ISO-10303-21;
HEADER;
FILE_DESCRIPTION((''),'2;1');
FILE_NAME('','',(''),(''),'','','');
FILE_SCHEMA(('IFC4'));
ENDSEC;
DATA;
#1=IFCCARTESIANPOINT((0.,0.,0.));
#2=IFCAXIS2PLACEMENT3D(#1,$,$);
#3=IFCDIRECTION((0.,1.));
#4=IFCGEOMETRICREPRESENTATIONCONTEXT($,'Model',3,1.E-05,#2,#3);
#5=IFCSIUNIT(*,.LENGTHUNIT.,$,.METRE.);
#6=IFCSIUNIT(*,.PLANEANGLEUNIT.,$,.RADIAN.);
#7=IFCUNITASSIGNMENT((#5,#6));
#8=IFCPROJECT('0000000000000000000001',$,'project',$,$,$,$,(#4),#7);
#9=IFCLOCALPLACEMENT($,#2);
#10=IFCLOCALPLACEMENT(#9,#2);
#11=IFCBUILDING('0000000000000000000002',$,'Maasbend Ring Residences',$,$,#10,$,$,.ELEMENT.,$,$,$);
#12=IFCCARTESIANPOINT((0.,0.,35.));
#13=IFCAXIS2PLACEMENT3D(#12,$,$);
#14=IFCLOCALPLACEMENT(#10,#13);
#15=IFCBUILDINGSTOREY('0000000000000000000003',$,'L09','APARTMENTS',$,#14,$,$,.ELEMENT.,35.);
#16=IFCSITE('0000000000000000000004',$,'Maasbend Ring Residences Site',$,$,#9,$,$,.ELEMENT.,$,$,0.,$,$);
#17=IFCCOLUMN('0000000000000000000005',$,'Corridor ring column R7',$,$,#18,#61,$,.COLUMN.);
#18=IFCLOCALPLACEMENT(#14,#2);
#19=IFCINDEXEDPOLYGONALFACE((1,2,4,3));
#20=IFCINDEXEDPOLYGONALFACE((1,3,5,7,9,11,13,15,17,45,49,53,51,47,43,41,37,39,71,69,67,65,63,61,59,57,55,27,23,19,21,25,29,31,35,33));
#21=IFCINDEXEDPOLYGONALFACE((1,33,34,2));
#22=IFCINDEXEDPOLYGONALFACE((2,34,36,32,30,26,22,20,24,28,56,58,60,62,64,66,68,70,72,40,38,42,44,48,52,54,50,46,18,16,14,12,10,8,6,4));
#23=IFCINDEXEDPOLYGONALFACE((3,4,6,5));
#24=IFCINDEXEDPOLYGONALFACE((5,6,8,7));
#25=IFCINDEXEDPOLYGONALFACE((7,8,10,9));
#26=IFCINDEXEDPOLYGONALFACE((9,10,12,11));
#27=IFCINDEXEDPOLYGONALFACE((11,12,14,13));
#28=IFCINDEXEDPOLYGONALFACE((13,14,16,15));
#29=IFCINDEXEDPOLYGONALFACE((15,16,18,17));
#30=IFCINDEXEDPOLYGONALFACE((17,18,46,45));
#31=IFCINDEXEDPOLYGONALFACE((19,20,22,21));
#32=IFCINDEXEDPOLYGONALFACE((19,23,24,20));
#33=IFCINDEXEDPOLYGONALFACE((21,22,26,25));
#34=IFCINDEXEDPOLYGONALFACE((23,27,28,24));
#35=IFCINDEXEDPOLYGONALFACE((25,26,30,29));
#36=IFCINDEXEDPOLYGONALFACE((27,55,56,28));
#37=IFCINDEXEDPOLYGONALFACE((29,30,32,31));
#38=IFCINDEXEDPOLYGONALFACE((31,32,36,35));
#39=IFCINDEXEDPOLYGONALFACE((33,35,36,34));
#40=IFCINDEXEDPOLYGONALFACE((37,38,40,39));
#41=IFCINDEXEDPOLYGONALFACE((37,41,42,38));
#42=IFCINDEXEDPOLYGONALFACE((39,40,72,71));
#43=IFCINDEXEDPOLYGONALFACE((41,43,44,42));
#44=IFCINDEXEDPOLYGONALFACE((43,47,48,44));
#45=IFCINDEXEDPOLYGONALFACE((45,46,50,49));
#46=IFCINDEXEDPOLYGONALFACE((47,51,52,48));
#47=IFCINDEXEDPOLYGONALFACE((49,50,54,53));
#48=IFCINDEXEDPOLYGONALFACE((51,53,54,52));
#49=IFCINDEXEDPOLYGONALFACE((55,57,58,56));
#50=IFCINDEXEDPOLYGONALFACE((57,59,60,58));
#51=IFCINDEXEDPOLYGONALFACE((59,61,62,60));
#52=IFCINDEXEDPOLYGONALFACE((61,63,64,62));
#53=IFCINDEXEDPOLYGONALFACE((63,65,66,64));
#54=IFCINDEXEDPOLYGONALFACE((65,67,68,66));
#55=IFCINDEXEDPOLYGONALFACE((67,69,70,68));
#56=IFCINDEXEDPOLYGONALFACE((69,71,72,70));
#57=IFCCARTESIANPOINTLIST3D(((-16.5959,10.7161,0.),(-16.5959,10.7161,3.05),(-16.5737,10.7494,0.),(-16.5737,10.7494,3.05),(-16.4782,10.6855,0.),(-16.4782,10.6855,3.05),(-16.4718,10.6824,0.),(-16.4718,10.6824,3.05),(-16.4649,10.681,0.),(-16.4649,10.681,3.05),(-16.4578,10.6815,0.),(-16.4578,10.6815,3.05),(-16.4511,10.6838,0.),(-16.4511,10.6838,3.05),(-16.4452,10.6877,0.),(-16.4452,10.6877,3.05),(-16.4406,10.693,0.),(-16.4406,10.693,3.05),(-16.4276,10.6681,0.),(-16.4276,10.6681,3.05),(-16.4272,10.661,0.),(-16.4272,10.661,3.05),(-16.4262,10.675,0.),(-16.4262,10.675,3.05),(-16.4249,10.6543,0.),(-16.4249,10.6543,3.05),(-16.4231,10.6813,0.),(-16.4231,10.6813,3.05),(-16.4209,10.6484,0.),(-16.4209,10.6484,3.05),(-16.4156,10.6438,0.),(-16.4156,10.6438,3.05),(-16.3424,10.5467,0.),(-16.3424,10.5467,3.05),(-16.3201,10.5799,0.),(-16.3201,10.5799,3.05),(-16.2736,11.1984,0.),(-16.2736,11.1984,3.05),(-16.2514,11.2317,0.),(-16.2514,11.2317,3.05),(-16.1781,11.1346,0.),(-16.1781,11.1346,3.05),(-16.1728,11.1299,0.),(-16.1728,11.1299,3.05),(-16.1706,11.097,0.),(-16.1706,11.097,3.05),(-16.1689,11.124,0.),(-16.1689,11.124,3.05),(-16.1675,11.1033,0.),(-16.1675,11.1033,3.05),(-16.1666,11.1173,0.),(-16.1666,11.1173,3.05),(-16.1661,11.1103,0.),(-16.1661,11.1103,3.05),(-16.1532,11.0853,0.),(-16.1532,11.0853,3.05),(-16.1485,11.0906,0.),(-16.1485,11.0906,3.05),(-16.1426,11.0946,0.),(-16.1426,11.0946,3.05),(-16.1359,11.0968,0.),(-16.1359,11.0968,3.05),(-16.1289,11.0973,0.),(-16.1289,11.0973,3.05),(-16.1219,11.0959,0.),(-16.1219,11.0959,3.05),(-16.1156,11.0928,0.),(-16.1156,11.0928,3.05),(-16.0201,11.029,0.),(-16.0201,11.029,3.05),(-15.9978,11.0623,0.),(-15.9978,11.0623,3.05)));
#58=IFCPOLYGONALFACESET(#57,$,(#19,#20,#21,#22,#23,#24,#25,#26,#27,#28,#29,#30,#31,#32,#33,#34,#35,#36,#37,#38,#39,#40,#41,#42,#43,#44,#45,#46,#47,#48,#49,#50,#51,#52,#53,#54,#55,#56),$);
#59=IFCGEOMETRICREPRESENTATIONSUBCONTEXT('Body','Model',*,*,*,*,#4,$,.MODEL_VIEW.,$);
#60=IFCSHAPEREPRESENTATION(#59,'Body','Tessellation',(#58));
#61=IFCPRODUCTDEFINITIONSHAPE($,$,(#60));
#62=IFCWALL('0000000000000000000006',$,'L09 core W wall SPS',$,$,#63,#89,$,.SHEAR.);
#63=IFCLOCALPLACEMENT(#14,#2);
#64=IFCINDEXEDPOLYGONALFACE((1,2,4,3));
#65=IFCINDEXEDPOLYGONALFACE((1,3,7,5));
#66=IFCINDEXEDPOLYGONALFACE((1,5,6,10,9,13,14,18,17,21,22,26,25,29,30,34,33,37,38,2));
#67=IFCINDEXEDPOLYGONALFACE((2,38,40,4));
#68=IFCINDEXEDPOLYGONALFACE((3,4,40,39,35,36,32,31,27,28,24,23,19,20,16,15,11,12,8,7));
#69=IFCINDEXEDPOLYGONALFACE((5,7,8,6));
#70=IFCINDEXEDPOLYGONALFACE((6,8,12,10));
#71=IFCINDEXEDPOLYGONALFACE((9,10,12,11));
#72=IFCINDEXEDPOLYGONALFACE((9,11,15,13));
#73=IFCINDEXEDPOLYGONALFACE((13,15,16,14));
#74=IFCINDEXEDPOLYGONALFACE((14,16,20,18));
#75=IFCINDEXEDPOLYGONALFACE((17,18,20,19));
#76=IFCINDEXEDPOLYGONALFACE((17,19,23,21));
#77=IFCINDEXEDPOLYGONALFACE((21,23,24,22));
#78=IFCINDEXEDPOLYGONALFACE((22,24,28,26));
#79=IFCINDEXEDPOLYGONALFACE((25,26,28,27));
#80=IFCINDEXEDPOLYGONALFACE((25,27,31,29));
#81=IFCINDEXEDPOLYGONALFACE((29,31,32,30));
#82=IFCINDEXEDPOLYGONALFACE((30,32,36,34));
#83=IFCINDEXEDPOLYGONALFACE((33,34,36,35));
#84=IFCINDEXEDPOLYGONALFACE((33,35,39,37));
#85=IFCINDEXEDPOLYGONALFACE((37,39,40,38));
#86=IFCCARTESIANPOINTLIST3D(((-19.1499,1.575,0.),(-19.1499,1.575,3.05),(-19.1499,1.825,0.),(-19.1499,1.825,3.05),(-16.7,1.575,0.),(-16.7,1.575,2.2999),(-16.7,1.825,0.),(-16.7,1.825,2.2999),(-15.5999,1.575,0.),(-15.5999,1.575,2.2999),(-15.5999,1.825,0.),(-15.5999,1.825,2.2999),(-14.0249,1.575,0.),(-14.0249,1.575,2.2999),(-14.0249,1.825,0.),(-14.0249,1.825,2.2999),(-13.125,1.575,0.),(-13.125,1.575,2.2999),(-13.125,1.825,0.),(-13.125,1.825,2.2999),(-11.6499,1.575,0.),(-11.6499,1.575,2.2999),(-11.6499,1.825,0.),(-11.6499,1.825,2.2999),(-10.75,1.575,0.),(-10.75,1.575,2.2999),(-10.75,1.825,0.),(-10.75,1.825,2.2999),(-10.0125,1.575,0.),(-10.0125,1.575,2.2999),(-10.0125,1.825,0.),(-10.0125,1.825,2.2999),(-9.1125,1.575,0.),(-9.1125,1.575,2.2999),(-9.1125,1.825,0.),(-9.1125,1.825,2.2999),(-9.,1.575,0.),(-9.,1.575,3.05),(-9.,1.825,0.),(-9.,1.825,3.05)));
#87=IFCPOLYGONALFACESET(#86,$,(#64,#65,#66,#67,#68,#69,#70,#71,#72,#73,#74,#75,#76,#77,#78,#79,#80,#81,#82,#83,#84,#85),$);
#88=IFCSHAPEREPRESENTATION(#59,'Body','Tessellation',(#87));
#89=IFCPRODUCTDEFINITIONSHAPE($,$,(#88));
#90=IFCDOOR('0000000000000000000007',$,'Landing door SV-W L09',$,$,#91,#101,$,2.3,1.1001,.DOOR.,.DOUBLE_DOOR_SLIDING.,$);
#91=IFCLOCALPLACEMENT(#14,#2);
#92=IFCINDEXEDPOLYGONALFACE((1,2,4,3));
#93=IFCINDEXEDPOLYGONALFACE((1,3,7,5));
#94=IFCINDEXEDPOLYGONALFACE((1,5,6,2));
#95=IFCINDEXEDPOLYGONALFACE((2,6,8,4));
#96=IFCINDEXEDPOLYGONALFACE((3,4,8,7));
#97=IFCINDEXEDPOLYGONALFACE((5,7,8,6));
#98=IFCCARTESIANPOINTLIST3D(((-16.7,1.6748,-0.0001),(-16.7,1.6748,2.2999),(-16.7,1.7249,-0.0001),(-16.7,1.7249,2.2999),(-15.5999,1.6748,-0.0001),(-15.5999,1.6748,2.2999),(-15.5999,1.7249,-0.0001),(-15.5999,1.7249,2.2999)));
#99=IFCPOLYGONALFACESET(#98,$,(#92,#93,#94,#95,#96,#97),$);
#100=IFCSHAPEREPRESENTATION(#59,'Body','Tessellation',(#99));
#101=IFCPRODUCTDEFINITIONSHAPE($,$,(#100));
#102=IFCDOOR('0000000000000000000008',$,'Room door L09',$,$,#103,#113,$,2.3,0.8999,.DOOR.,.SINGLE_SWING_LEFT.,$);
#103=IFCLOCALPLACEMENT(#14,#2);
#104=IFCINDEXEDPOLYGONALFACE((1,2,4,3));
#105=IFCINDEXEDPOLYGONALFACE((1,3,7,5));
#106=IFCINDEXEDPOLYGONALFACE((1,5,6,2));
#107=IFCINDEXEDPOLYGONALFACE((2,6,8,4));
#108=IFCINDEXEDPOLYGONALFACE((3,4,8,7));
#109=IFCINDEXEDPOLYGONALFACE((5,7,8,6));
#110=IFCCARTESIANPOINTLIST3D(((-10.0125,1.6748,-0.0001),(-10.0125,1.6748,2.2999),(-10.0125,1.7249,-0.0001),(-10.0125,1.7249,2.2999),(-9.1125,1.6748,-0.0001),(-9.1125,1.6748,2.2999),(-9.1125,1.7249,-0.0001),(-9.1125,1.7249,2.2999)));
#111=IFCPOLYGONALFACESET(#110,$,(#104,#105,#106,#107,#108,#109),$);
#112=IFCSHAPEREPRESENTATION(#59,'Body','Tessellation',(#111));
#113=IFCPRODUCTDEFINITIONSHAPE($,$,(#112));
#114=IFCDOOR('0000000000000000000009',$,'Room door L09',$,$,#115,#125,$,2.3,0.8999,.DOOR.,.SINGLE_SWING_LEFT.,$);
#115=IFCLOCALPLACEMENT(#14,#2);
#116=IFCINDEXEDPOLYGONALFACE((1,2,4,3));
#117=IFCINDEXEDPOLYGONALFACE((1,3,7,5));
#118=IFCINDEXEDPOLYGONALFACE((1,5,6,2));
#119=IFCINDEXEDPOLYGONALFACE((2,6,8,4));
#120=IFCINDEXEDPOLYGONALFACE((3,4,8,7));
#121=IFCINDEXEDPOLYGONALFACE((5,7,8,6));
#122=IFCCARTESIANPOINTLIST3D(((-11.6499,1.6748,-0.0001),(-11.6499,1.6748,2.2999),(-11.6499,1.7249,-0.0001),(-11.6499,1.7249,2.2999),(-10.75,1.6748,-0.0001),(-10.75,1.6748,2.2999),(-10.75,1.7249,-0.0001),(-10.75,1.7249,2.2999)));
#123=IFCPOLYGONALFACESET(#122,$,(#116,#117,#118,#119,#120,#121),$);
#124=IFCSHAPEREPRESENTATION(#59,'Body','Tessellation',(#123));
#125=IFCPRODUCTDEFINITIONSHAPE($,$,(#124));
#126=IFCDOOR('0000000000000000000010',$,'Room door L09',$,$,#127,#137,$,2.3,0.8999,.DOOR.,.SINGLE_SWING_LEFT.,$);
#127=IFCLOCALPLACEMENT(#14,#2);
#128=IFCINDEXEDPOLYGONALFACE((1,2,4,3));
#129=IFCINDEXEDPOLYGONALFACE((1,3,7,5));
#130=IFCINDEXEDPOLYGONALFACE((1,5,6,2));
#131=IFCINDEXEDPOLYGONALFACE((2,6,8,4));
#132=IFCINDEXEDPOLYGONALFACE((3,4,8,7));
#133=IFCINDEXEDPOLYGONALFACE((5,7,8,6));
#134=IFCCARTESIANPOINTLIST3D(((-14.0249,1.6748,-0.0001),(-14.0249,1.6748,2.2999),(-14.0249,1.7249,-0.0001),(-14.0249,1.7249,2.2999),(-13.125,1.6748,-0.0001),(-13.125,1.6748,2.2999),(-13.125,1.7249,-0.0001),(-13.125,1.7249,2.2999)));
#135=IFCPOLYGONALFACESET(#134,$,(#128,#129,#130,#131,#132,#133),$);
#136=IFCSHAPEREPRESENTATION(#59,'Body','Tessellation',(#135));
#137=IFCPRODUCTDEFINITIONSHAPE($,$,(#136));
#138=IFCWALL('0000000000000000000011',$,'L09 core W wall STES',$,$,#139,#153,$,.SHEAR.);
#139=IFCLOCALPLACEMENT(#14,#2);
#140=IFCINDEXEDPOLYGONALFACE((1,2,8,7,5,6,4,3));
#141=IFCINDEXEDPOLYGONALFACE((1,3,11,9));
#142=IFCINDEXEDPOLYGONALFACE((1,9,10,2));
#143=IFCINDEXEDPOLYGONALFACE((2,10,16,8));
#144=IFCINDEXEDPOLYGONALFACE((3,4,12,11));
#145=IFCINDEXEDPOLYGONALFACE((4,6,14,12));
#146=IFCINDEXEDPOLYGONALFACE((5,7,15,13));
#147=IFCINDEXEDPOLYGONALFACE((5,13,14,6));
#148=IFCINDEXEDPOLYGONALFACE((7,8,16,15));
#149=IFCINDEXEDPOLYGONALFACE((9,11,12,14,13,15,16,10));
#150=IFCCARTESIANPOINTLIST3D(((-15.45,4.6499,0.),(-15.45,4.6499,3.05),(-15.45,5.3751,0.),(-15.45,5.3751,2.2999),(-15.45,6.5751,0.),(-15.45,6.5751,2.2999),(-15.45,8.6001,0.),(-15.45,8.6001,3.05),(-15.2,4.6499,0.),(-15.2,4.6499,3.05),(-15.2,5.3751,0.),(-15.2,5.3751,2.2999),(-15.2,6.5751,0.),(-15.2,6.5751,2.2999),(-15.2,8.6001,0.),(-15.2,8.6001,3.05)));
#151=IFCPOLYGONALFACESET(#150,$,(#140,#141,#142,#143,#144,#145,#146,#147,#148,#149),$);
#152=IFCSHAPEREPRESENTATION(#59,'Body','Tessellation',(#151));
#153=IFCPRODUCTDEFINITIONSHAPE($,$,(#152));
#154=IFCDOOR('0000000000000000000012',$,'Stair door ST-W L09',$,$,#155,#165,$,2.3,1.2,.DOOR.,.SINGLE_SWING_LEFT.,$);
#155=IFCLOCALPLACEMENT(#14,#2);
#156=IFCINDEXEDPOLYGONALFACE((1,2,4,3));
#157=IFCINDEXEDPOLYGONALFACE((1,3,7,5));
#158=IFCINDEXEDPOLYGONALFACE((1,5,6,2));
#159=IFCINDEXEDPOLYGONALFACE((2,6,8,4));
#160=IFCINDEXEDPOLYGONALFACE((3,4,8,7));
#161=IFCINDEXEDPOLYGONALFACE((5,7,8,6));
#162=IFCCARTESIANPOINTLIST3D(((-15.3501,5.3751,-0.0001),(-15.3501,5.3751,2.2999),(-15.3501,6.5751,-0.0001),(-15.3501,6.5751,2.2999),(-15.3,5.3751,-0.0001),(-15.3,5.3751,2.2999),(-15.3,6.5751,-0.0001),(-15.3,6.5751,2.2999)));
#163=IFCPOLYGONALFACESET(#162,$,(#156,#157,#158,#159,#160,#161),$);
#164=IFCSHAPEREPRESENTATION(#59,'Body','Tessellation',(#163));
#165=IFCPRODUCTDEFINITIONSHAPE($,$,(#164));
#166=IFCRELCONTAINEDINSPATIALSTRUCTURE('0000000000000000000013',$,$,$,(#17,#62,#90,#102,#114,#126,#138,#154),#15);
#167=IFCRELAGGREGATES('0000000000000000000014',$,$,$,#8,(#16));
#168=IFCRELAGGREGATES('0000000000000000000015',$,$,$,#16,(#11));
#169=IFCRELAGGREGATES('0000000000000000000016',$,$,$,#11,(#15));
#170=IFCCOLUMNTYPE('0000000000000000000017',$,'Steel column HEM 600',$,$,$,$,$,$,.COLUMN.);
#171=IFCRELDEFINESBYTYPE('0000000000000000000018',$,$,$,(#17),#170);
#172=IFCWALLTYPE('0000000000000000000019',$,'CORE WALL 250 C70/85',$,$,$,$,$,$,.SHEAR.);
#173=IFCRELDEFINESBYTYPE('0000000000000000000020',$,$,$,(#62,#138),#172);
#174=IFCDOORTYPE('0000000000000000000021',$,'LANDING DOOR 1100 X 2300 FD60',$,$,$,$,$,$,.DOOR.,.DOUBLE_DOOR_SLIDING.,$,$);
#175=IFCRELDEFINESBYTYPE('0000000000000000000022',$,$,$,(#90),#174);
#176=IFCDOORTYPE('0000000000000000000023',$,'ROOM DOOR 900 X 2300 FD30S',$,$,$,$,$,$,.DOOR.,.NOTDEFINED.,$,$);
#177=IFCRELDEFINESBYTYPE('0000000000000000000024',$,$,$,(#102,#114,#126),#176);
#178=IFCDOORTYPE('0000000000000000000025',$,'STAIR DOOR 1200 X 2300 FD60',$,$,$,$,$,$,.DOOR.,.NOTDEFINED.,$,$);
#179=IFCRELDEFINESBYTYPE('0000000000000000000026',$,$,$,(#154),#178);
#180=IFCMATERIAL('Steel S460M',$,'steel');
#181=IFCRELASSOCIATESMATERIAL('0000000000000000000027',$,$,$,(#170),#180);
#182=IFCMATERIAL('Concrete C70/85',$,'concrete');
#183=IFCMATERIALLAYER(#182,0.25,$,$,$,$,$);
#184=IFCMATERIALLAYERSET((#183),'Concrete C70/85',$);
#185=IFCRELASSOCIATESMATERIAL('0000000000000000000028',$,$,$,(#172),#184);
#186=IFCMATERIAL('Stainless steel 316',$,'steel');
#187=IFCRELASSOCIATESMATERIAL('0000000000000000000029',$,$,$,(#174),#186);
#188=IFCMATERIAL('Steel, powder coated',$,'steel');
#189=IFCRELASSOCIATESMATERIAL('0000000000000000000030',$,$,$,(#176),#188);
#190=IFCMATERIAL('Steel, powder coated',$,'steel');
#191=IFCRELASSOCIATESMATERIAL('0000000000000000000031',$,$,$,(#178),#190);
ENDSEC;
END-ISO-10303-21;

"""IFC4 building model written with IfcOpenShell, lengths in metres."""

from ifc_helpers import new_model, si_unit, direction, frame, frame_2d, origin, origin_2d, place, context, subcontext, project, spatial, rectangle, i_section, extrude, material, layer, layer_set, material_profile, profile_set, type_object, element, fill, save


model = new_model("IFC4")

# Units and contexts
model_context = context("Model", 3, precision=1e-05, world=origin(), true_north=direction((0.0, 1.0)))
body_context = subcontext(model_context, "Body", "Model", "MODEL_VIEW")
ifc_project = project(units=[si_unit("LENGTHUNIT", "METRE"), si_unit("PLANEANGLEUNIT", "RADIAN")], contexts=[model_context])

# Site, building, storey
site_placement = place(None, origin())
site = spatial("IfcSite", under=ifc_project, at=site_placement, Name="Maasbend Ring Residences Site", CompositionType="ELEMENT", RefElevation=0.0)
building_placement = place(site_placement, origin())
building = spatial("IfcBuilding", under=site, at=building_placement, Name="Maasbend Ring Residences", CompositionType="ELEMENT")
storey_placement = place(building_placement, frame((0.0, 0.0, 35.0)))
storey = spatial("IfcBuildingStorey", under=building, at=storey_placement, Name="L09", Description="APARTMENTS", CompositionType="ELEMENT", Elevation=35.0)

# Column
ifc_material_1 = material(Name="Steel S460M", Category="steel")
ifc_material_profile = material_profile(ifc_material_1, i_section(OverallWidth=0.3049, OverallDepth=0.6201, WebThickness=0.021, FlangeThickness=0.04, FilletRadius=0.0271, at=origin_2d()), Name="HEM 600")
ifc_profile_set = profile_set([ifc_material_profile], Name="Steel S460M")
column_type = type_object("IfcColumnType", Name="Steel column HEM 600", PredefinedType="COLUMN", material=ifc_profile_set)
column_placement = place(storey_placement, frame((-16.2969, 10.8892, 0.0), z_axis=(0.0, 0.0, 1.0), x_axis=(-0.83147, 0.55557, 0.0)))
element("IfcColumn", 1, at=column_placement, inside=storey, type_object=column_type, Name="Corridor ring column R7", PredefinedType="COLUMN", context=body_context, shape_type="SweptSolid", body=[
    extrude(i_section(OverallWidth=0.3049, OverallDepth=0.6201, WebThickness=0.021, FlangeThickness=0.04, FilletRadius=0.0271, at=origin_2d()), origin(), (0.0, 0.0, 1.0), 3.05),
])

# Wall, openings, doors
ifc_material_2 = material(Name="Concrete C70/85", Category="concrete")
ifc_layer_1 = layer(ifc_material_2, 0.25)
ifc_layer_set_1 = layer_set([ifc_layer_1], Name="Concrete C70/85")
wall_type_1 = type_object("IfcWallType", Name="CORE WALL 250 C70/85", PredefinedType="SHEAR", material=ifc_layer_set_1)
wall_1_placement = place(storey_placement, frame((-19.1499, 1.7, 0.0), z_axis=(0.0, 0.0, 1.0), x_axis=(1.0, 0.0, 0.0)))
wall_1 = element("IfcWall", 2, at=wall_1_placement, inside=storey, type_object=wall_type_1, Name="L09 core W wall SPS", PredefinedType="SHEAR", context=body_context, shape_type="SweptSolid", body=[
    extrude(rectangle(XDim=10.1499, YDim=0.25, at=frame_2d((5.075, 0.0))), origin(), (0.0, 0.0, 1.0), 3.05),
])
opening_1_placement = place(wall_1_placement, frame((2.45, 0.0, 0.0)))
opening_1 = element("IfcOpeningElement", 3, at=opening_1_placement, cuts=wall_1, PredefinedType="OPENING", context=body_context, shape_type="SweptSolid", body=[
    extrude(rectangle(XDim=1.1001, YDim=2.3, at=frame_2d((0.55, 1.1499))), frame((0.0, 0.135, 0.0), z_axis=(0.0, -1.0, 0.0), x_axis=(1.0, 0.0, 0.0)), (0.0, 0.0, 1.0), 0.27),
])
opening_2_placement = place(wall_1_placement, frame((9.1375, 0.0, 0.0)))
opening_2 = element("IfcOpeningElement", 4, at=opening_2_placement, cuts=wall_1, PredefinedType="OPENING", context=body_context, shape_type="SweptSolid", body=[
    extrude(rectangle(XDim=0.8999, YDim=2.3, at=frame_2d((0.45, 1.1499))), frame((0.0, 0.135, 0.0), z_axis=(0.0, -1.0, 0.0), x_axis=(1.0, 0.0, 0.0)), (0.0, 0.0, 1.0), 0.27),
])
opening_3_placement = place(wall_1_placement, frame((7.5, 0.0, 0.0)))
opening_3 = element("IfcOpeningElement", 5, at=opening_3_placement, cuts=wall_1, PredefinedType="OPENING", context=body_context, shape_type="SweptSolid", body=[
    extrude(rectangle(XDim=0.8999, YDim=2.3, at=frame_2d((0.45, 1.1499))), frame((0.0, 0.135, 0.0), z_axis=(0.0, -1.0, 0.0), x_axis=(1.0, 0.0, 0.0)), (0.0, 0.0, 1.0), 0.27),
])
opening_4_placement = place(wall_1_placement, frame((5.125, 0.0, 0.0)))
opening_4 = element("IfcOpeningElement", 6, at=opening_4_placement, cuts=wall_1, PredefinedType="OPENING", context=body_context, shape_type="SweptSolid", body=[
    extrude(rectangle(XDim=0.8999, YDim=2.3, at=frame_2d((0.45, 1.1499))), frame((0.0, 0.135, 0.0), z_axis=(0.0, -1.0, 0.0), x_axis=(1.0, 0.0, 0.0)), (0.0, 0.0, 1.0), 0.27),
])
ifc_material_3 = material(Name="Stainless steel 316", Category="steel")
door_type_1 = type_object("IfcDoorType", Name="LANDING DOOR 1100 X 2300 FD60", OperationType="DOUBLE_DOOR_SLIDING", PredefinedType="DOOR", material=ifc_material_3)
door_1_placement = place(opening_1_placement, origin())
door_1 = element("IfcDoor", 7, at=door_1_placement, inside=storey, type_object=door_type_1, Name="Landing door SV-W L09", OperationType="DOUBLE_DOOR_SLIDING", OverallHeight=2.3, OverallWidth=1.1001, PredefinedType="DOOR", context=body_context, shape_type="SweptSolid", body=[
    extrude(rectangle(XDim=1.1001, YDim=2.3, at=frame_2d((0.55, 1.1499))), frame((0.0, 0.0249, 0.0), z_axis=(0.0, -1.0, 0.0), x_axis=(1.0, 0.0, 0.0)), (0.0, 0.0, 1.0), 0.05),
])
fill(opening_1, door_1)
ifc_material_4 = material(Name="Steel, powder coated", Category="steel")
door_type_2 = type_object("IfcDoorType", Name="ROOM DOOR 900 X 2300 FD30S", OperationType="NOTDEFINED", PredefinedType="DOOR", material=ifc_material_4)
door_2_placement = place(opening_2_placement, origin())
door_2 = element("IfcDoor", 8, at=door_2_placement, inside=storey, type_object=door_type_2, Name="Room door L09", OperationType="SINGLE_SWING_LEFT", OverallHeight=2.3, OverallWidth=0.8999, PredefinedType="DOOR", context=body_context, shape_type="SweptSolid", body=[
    extrude(rectangle(XDim=0.8999, YDim=2.3, at=frame_2d((0.45, 1.1499))), frame((0.0, 0.0249, 0.0), z_axis=(0.0, -1.0, 0.0), x_axis=(1.0, 0.0, 0.0)), (0.0, 0.0, 1.0), 0.05),
])
fill(opening_2, door_2)
door_3_placement = place(opening_3_placement, origin())
door_3 = element("IfcDoor", 9, at=door_3_placement, inside=storey, type_object=door_type_2, Name="Room door L09", OperationType="SINGLE_SWING_LEFT", OverallHeight=2.3, OverallWidth=0.8999, PredefinedType="DOOR", context=body_context, shape_type="SweptSolid", body=[
    extrude(rectangle(XDim=0.8999, YDim=2.3, at=frame_2d((0.45, 1.1499))), frame((0.0, 0.0249, 0.0), z_axis=(0.0, -1.0, 0.0), x_axis=(1.0, 0.0, 0.0)), (0.0, 0.0, 1.0), 0.05),
])
fill(opening_3, door_3)
door_4_placement = place(opening_4_placement, origin())
door_4 = element("IfcDoor", 10, at=door_4_placement, inside=storey, type_object=door_type_2, Name="Room door L09", OperationType="SINGLE_SWING_LEFT", OverallHeight=2.3, OverallWidth=0.8999, PredefinedType="DOOR", context=body_context, shape_type="SweptSolid", body=[
    extrude(rectangle(XDim=0.8999, YDim=2.3, at=frame_2d((0.45, 1.1499))), frame((0.0, 0.0249, 0.0), z_axis=(0.0, -1.0, 0.0), x_axis=(1.0, 0.0, 0.0)), (0.0, 0.0, 1.0), 0.05),
])
fill(opening_4, door_4)

# Wall, opening, door
wall_2_placement = place(storey_placement, frame((-15.325, 8.6001, 0.0), z_axis=(0.0, 0.0, 1.0), x_axis=(0.0, -1.0, 0.0)))
wall_2 = element("IfcWall", 11, at=wall_2_placement, inside=storey, type_object=wall_type_1, Name="L09 core W wall STES", PredefinedType="SHEAR", context=body_context, shape_type="SweptSolid", body=[
    extrude(rectangle(XDim=3.9502, YDim=0.25, at=frame_2d((1.9751, 0.0))), origin(), (0.0, 0.0, 1.0), 3.05),
])
opening_5_placement = place(wall_2_placement, frame((2.0249, 0.0, 0.0)))
opening_5 = element("IfcOpeningElement", 12, at=opening_5_placement, cuts=wall_2, PredefinedType="OPENING", context=body_context, shape_type="SweptSolid", body=[
    extrude(rectangle(XDim=1.2, YDim=2.3, at=frame_2d((0.6001, 1.1499))), frame((0.0, 0.135, 0.0), z_axis=(0.0, -1.0, 0.0), x_axis=(1.0, 0.0, 0.0)), (0.0, 0.0, 1.0), 0.27),
])
ifc_material_5 = material(Name="Steel, powder coated", Category="steel")
door_type_3 = type_object("IfcDoorType", Name="STAIR DOOR 1200 X 2300 FD60", OperationType="NOTDEFINED", PredefinedType="DOOR", material=ifc_material_5)
door_5_placement = place(opening_5_placement, origin())
door_5 = element("IfcDoor", 13, at=door_5_placement, inside=storey, type_object=door_type_3, Name="Stair door ST-W L09", OperationType="SINGLE_SWING_LEFT", OverallHeight=2.3, OverallWidth=1.2, PredefinedType="DOOR", context=body_context, shape_type="SweptSolid", body=[
    extrude(rectangle(XDim=1.2, YDim=2.3, at=frame_2d((0.6001, 1.1499))), frame((0.0, 0.0249, 0.0), z_axis=(0.0, -1.0, 0.0), x_axis=(1.0, 0.0, 0.0)), (0.0, 0.0, 1.0), 0.05),
])
fill(opening_5, door_5)

save(model, "model.ifc")
